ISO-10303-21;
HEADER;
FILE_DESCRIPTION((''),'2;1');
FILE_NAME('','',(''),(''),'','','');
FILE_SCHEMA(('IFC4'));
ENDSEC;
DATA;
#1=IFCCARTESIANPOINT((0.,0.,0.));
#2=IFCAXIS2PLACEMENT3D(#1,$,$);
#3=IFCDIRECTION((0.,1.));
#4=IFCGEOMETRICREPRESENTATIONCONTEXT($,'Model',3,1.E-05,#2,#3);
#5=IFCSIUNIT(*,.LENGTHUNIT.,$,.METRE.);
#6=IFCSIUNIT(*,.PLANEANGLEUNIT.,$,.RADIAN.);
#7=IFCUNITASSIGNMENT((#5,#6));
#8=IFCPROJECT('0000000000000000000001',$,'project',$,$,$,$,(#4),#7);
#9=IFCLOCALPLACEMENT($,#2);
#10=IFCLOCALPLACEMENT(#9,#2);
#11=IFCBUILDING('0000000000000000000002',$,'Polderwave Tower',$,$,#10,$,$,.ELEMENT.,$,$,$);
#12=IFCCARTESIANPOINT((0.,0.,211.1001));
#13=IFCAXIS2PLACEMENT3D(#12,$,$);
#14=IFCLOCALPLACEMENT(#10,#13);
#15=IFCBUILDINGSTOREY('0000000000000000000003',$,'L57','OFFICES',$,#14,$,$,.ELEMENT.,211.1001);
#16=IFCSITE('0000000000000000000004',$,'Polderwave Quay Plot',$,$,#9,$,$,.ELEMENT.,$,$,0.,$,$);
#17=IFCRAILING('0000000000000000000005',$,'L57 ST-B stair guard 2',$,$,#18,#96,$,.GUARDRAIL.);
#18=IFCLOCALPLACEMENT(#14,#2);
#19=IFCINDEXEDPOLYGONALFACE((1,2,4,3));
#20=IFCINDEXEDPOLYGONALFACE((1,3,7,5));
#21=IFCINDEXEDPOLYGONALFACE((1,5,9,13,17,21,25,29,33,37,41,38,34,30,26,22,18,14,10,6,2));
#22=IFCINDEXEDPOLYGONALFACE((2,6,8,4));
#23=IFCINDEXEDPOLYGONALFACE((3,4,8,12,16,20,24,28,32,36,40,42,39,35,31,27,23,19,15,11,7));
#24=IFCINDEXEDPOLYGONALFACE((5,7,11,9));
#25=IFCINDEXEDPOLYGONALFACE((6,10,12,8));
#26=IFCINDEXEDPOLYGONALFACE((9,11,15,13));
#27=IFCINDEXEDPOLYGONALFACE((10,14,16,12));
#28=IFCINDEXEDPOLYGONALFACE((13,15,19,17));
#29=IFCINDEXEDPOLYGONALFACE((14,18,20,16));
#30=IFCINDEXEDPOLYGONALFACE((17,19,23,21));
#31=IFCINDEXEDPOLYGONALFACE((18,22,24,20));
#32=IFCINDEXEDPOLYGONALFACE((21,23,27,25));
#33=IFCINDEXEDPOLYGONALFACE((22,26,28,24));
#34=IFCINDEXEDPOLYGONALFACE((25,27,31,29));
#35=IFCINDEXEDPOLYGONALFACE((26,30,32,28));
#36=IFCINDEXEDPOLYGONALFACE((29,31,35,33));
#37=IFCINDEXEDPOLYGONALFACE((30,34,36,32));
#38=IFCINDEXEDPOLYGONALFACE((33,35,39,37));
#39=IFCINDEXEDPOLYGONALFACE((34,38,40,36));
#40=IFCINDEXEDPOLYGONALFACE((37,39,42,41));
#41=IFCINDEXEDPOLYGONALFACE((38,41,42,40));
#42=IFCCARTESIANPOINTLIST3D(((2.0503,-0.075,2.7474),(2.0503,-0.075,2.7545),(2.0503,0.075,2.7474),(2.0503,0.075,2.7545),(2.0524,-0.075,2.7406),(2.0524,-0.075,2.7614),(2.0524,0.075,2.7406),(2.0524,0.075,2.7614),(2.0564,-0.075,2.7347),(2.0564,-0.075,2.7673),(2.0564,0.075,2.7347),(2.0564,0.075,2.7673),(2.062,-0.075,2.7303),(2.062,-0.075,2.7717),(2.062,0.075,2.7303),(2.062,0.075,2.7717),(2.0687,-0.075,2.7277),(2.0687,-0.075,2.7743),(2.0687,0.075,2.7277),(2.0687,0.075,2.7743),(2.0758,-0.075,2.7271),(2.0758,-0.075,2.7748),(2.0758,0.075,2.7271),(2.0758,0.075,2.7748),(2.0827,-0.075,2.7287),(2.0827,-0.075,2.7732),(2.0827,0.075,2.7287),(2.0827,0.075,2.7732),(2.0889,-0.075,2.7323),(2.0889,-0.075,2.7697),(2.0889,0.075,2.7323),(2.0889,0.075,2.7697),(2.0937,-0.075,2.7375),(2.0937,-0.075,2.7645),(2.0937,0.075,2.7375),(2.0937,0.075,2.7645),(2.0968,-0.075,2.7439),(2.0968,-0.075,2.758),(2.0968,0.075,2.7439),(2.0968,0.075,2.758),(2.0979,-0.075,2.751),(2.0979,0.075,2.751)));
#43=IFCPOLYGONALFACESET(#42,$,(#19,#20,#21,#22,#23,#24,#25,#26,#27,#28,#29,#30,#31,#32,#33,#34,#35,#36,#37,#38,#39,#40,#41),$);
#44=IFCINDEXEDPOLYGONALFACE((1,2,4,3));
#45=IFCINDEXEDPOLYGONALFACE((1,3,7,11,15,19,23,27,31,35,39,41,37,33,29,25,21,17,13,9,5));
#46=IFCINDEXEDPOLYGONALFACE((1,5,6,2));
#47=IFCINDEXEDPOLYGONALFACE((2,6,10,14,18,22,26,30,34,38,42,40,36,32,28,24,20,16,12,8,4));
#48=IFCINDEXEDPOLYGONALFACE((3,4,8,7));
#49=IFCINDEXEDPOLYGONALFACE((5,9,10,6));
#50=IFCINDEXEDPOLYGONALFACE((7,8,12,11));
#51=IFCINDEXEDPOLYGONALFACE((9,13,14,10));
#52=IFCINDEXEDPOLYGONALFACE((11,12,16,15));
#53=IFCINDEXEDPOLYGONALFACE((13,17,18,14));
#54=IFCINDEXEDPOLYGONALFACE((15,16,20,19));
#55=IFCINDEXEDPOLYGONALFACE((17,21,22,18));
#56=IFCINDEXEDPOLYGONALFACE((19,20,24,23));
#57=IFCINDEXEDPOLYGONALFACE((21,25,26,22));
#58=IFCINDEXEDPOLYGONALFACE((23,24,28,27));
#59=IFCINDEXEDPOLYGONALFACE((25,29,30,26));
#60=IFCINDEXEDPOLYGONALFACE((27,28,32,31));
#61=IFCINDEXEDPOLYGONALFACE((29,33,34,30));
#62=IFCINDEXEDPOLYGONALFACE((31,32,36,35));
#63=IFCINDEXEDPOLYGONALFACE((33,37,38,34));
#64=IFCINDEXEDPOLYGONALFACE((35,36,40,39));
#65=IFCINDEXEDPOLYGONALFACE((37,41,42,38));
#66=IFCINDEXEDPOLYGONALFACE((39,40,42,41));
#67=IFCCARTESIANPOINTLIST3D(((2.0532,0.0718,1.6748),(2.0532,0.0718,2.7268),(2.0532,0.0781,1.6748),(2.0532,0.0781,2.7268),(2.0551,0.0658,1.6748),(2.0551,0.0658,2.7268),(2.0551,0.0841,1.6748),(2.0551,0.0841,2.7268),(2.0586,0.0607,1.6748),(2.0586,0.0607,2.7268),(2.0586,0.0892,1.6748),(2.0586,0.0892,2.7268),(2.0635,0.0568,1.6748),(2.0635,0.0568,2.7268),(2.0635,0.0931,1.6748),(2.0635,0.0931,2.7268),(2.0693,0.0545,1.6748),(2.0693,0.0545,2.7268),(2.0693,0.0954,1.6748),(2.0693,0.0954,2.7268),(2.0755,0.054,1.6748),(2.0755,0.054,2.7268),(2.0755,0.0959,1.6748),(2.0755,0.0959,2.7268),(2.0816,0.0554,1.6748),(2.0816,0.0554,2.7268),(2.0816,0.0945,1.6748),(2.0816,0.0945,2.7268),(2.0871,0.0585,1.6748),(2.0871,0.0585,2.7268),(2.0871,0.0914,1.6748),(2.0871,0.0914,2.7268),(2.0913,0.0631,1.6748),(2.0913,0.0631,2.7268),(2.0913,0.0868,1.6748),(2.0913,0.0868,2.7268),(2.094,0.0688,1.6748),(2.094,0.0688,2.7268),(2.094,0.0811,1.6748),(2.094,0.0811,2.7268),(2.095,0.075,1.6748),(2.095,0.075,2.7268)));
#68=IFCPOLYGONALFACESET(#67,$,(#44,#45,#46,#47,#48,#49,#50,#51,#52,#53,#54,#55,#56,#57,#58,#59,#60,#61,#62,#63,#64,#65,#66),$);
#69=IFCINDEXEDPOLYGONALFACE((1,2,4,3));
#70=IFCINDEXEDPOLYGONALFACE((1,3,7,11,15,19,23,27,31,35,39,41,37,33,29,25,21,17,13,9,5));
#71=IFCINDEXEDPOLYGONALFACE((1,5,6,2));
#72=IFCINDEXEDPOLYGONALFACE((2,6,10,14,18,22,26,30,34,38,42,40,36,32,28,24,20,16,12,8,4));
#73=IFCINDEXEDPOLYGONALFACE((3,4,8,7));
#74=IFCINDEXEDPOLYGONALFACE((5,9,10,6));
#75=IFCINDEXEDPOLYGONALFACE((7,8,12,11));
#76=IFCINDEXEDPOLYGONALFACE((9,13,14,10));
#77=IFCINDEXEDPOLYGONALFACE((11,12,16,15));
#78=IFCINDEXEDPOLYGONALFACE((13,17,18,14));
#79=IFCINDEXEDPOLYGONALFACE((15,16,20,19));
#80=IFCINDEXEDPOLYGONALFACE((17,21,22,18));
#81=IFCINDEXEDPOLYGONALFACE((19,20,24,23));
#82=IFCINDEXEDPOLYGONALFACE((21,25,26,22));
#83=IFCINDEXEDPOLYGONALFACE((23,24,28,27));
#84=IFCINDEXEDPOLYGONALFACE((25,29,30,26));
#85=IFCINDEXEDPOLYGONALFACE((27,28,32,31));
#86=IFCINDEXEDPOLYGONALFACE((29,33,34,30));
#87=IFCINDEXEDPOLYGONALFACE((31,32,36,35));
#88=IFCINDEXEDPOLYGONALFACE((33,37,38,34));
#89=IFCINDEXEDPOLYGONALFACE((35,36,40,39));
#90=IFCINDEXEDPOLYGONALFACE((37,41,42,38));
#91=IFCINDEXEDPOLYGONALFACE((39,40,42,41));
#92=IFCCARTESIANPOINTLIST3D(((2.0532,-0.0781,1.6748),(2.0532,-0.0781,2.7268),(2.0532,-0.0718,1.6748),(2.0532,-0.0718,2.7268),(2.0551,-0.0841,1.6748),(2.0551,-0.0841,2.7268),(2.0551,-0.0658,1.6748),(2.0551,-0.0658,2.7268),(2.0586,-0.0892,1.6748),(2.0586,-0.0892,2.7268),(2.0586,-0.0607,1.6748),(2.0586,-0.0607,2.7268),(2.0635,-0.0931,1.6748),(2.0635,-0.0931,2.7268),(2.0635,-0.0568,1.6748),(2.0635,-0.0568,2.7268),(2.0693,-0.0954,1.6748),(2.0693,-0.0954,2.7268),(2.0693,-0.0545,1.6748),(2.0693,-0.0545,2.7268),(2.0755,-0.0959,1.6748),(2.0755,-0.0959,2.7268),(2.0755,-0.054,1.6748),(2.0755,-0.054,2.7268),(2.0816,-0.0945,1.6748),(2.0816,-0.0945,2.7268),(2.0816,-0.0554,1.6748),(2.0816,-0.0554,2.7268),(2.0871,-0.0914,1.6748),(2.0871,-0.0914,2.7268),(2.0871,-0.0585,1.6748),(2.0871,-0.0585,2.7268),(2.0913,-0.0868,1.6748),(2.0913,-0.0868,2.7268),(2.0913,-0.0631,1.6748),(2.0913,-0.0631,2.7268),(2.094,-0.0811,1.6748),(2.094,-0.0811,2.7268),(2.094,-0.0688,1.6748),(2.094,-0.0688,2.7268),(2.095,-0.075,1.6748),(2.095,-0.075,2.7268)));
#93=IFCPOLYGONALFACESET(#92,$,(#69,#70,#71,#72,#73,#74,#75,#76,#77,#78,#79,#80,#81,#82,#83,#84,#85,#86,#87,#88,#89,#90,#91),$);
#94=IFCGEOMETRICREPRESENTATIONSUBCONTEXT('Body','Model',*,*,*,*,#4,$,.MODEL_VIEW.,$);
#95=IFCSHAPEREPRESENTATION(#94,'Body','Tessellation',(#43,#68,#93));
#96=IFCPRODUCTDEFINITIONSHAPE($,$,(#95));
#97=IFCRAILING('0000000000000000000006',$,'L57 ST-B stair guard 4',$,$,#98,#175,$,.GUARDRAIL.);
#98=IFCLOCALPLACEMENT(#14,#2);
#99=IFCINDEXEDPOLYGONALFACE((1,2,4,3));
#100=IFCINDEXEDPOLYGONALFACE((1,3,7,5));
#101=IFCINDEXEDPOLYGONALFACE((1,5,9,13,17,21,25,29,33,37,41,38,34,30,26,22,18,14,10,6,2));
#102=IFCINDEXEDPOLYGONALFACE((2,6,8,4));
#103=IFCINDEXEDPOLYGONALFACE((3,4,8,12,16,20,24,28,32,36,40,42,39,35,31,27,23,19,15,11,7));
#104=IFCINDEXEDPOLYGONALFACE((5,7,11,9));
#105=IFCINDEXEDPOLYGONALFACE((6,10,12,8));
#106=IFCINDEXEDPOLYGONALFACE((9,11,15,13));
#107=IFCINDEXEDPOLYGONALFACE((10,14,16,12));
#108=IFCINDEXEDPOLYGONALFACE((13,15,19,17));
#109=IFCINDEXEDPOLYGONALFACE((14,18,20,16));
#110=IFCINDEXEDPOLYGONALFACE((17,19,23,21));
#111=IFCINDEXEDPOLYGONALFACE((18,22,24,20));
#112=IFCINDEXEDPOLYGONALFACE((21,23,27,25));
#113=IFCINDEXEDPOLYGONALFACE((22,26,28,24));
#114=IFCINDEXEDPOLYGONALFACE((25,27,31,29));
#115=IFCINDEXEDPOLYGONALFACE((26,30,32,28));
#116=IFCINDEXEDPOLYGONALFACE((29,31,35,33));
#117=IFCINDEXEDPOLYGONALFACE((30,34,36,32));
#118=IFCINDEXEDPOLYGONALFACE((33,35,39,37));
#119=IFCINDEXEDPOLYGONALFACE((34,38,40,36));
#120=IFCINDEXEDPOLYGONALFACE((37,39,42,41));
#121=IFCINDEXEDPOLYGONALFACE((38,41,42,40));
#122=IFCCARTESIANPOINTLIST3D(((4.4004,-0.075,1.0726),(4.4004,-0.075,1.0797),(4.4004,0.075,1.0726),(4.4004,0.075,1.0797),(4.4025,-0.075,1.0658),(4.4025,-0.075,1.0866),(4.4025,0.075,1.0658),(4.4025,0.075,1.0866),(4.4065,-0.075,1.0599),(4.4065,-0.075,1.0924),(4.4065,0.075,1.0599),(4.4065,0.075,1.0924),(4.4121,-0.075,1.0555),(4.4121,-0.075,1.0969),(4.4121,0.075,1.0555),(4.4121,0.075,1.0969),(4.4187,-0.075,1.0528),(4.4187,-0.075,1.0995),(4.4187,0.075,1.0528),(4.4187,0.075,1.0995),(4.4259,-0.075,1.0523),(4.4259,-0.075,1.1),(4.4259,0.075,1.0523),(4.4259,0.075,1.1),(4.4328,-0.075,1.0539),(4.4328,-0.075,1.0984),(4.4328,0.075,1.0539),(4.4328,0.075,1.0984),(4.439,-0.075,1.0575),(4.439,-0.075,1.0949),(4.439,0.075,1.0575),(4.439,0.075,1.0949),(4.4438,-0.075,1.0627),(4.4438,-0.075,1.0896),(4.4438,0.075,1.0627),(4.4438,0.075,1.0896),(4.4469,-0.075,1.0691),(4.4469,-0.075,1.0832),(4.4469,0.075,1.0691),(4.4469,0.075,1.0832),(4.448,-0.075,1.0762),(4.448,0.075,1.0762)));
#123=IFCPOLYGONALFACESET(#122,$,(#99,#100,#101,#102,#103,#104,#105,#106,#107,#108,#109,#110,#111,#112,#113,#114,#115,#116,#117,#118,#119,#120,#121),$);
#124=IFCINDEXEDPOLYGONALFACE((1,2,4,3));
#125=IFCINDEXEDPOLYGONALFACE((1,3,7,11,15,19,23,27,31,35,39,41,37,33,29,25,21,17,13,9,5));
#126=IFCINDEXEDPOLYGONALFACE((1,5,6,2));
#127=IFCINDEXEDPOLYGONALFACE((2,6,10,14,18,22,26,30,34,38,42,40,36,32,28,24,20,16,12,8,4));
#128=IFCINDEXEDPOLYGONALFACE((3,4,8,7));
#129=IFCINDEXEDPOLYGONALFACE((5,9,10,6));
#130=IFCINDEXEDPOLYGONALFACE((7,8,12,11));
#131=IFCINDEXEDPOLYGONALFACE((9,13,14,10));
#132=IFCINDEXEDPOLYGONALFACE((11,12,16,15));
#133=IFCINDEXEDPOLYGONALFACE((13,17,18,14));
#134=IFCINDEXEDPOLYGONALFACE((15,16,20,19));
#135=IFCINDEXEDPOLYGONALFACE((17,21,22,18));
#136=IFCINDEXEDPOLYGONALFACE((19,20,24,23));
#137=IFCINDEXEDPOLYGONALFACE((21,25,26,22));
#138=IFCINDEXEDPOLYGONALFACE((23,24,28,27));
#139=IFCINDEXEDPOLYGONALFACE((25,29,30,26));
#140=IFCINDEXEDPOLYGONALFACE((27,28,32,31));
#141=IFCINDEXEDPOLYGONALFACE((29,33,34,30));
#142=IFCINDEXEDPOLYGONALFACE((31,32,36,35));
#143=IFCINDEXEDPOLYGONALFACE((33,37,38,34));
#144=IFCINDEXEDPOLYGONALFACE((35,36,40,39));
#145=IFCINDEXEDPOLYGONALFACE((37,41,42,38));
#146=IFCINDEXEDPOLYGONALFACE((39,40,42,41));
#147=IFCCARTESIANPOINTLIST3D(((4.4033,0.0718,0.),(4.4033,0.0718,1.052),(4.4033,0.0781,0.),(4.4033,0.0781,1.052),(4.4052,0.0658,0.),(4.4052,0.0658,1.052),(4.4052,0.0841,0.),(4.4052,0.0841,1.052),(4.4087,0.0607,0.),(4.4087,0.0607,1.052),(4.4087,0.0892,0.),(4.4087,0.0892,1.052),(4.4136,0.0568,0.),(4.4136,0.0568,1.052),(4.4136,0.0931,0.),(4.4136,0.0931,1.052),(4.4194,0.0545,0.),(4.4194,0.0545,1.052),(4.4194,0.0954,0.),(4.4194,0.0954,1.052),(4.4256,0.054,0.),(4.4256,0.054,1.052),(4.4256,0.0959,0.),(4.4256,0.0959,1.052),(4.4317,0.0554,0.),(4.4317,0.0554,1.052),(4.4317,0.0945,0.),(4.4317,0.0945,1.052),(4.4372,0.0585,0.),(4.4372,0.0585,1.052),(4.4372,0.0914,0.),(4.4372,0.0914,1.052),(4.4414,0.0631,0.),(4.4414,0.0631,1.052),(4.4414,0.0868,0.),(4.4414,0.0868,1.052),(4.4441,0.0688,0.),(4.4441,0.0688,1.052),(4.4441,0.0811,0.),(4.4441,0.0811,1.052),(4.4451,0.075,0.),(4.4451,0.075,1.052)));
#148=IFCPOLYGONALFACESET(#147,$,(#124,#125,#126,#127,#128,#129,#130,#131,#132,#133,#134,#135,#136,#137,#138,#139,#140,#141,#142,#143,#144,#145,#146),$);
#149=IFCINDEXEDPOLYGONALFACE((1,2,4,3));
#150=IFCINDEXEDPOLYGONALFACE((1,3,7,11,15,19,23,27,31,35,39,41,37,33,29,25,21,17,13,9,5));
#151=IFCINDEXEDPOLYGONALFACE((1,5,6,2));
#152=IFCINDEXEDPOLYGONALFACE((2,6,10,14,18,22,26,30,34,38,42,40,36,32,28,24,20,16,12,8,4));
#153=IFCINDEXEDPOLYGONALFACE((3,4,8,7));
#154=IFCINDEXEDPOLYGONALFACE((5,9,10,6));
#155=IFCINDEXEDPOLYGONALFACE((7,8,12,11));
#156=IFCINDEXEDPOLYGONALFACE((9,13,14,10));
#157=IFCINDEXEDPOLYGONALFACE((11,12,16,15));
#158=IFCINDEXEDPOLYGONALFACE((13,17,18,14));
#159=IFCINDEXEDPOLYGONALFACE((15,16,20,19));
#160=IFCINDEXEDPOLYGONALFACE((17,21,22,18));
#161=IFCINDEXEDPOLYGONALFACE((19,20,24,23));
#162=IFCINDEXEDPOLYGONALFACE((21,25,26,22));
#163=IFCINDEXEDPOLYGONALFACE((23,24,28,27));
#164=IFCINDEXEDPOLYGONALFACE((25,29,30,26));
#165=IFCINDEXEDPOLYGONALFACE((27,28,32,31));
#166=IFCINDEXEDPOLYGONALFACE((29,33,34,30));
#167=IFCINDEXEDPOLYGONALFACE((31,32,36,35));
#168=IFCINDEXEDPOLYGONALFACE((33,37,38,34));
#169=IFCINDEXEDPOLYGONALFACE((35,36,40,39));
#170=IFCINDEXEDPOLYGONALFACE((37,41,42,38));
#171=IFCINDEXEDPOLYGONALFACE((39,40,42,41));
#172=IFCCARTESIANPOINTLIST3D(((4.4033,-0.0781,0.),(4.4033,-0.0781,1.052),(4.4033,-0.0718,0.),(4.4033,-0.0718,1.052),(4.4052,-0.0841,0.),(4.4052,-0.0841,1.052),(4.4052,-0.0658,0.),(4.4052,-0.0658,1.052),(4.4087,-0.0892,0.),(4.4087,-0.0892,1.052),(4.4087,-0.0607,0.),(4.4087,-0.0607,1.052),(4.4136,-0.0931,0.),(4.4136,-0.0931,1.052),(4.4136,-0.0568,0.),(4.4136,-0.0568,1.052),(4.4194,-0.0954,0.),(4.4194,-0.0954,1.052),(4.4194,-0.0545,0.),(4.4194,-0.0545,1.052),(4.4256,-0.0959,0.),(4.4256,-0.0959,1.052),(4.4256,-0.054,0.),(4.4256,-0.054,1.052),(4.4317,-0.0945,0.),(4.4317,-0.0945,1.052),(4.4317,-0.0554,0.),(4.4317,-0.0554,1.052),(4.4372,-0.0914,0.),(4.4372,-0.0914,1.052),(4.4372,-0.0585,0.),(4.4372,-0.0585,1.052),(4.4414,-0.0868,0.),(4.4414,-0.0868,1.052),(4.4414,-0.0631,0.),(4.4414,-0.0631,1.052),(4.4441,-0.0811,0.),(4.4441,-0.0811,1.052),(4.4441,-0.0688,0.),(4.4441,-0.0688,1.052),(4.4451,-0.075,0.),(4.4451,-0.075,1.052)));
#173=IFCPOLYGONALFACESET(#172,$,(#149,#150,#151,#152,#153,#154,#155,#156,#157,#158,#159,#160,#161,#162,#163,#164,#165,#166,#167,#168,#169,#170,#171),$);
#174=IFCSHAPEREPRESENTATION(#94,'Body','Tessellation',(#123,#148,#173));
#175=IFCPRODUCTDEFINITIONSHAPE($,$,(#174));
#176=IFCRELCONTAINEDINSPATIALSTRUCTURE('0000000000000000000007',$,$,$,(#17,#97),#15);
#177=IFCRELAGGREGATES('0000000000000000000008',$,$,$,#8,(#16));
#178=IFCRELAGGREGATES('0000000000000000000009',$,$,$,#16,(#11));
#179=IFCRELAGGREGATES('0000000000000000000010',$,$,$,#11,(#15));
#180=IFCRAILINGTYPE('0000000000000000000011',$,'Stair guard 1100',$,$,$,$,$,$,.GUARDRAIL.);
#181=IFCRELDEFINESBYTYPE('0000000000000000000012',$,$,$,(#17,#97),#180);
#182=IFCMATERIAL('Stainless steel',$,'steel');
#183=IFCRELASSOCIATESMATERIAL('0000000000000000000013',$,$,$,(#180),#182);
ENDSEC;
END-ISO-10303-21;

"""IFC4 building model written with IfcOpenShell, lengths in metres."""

from ifc_helpers import new_model, si_unit, direction, frame, origin, origin_2d, place, context, subcontext, project, spatial, circle, extrude, material, type_object, element, save


model = new_model("IFC4")

# Units and contexts
model_context = context("Model", 3, precision=1e-05, world=origin(), true_north=direction((0.0, 1.0)))
body_context = subcontext(model_context, "Body", "Model", "MODEL_VIEW")
ifc_project = project(units=[si_unit("LENGTHUNIT", "METRE"), si_unit("PLANEANGLEUNIT", "RADIAN")], contexts=[model_context])

# Site, building, storey
site_placement = place(None, origin())
site = spatial("IfcSite", under=ifc_project, at=site_placement, Name="Polderwave Quay Plot", CompositionType="ELEMENT", RefElevation=0.0)
building_placement = place(site_placement, origin())
building = spatial("IfcBuilding", under=site, at=building_placement, Name="Polderwave Tower", CompositionType="ELEMENT")
storey_placement = place(building_placement, frame((0.0, 0.0, 211.1001)))
storey = spatial("IfcBuildingStorey", under=building, at=storey_placement, Name="L57", Description="OFFICES", CompositionType="ELEMENT", Elevation=211.1001)

# Railings
ifc_material_1 = material(Name="Stainless steel", Category="steel")
railing_type_1 = type_object("IfcRailingType", Name="Stair guard 1100", PredefinedType="GUARDRAIL", material=ifc_material_1)
for number, where, name in (
    (1, (2.074, 0.075, 1.6748), "L57 ST-B stair guard 2"),
    (2, (4.4241, 0.075, 0.0), "L57 ST-B stair guard 4"),
):
    element("IfcRailing", number, at=place(storey_placement, frame(where)), inside=storey, type_object=railing_type_1, Name=name, PredefinedType="GUARDRAIL", context=body_context, shape_type="SweptSolid", body=[
        extrude(circle(Radius=0.0239, at=origin_2d()), frame((0.0, 0.0, 1.0762), z_axis=(0.0, -1.0, 0.0), x_axis=(1.0, 0.0, 0.0)), (0.0, 0.0, 1.0), 0.1499),
        extrude(circle(Radius=0.021, at=origin_2d()), origin(), (0.0, 0.0, 1.0), 1.052),
        extrude(circle(Radius=0.021, at=origin_2d()), frame((0.0, -0.1499, 0.0)), (0.0, 0.0, 1.0), 1.052),
    ])

save(model, "model.ifc")
